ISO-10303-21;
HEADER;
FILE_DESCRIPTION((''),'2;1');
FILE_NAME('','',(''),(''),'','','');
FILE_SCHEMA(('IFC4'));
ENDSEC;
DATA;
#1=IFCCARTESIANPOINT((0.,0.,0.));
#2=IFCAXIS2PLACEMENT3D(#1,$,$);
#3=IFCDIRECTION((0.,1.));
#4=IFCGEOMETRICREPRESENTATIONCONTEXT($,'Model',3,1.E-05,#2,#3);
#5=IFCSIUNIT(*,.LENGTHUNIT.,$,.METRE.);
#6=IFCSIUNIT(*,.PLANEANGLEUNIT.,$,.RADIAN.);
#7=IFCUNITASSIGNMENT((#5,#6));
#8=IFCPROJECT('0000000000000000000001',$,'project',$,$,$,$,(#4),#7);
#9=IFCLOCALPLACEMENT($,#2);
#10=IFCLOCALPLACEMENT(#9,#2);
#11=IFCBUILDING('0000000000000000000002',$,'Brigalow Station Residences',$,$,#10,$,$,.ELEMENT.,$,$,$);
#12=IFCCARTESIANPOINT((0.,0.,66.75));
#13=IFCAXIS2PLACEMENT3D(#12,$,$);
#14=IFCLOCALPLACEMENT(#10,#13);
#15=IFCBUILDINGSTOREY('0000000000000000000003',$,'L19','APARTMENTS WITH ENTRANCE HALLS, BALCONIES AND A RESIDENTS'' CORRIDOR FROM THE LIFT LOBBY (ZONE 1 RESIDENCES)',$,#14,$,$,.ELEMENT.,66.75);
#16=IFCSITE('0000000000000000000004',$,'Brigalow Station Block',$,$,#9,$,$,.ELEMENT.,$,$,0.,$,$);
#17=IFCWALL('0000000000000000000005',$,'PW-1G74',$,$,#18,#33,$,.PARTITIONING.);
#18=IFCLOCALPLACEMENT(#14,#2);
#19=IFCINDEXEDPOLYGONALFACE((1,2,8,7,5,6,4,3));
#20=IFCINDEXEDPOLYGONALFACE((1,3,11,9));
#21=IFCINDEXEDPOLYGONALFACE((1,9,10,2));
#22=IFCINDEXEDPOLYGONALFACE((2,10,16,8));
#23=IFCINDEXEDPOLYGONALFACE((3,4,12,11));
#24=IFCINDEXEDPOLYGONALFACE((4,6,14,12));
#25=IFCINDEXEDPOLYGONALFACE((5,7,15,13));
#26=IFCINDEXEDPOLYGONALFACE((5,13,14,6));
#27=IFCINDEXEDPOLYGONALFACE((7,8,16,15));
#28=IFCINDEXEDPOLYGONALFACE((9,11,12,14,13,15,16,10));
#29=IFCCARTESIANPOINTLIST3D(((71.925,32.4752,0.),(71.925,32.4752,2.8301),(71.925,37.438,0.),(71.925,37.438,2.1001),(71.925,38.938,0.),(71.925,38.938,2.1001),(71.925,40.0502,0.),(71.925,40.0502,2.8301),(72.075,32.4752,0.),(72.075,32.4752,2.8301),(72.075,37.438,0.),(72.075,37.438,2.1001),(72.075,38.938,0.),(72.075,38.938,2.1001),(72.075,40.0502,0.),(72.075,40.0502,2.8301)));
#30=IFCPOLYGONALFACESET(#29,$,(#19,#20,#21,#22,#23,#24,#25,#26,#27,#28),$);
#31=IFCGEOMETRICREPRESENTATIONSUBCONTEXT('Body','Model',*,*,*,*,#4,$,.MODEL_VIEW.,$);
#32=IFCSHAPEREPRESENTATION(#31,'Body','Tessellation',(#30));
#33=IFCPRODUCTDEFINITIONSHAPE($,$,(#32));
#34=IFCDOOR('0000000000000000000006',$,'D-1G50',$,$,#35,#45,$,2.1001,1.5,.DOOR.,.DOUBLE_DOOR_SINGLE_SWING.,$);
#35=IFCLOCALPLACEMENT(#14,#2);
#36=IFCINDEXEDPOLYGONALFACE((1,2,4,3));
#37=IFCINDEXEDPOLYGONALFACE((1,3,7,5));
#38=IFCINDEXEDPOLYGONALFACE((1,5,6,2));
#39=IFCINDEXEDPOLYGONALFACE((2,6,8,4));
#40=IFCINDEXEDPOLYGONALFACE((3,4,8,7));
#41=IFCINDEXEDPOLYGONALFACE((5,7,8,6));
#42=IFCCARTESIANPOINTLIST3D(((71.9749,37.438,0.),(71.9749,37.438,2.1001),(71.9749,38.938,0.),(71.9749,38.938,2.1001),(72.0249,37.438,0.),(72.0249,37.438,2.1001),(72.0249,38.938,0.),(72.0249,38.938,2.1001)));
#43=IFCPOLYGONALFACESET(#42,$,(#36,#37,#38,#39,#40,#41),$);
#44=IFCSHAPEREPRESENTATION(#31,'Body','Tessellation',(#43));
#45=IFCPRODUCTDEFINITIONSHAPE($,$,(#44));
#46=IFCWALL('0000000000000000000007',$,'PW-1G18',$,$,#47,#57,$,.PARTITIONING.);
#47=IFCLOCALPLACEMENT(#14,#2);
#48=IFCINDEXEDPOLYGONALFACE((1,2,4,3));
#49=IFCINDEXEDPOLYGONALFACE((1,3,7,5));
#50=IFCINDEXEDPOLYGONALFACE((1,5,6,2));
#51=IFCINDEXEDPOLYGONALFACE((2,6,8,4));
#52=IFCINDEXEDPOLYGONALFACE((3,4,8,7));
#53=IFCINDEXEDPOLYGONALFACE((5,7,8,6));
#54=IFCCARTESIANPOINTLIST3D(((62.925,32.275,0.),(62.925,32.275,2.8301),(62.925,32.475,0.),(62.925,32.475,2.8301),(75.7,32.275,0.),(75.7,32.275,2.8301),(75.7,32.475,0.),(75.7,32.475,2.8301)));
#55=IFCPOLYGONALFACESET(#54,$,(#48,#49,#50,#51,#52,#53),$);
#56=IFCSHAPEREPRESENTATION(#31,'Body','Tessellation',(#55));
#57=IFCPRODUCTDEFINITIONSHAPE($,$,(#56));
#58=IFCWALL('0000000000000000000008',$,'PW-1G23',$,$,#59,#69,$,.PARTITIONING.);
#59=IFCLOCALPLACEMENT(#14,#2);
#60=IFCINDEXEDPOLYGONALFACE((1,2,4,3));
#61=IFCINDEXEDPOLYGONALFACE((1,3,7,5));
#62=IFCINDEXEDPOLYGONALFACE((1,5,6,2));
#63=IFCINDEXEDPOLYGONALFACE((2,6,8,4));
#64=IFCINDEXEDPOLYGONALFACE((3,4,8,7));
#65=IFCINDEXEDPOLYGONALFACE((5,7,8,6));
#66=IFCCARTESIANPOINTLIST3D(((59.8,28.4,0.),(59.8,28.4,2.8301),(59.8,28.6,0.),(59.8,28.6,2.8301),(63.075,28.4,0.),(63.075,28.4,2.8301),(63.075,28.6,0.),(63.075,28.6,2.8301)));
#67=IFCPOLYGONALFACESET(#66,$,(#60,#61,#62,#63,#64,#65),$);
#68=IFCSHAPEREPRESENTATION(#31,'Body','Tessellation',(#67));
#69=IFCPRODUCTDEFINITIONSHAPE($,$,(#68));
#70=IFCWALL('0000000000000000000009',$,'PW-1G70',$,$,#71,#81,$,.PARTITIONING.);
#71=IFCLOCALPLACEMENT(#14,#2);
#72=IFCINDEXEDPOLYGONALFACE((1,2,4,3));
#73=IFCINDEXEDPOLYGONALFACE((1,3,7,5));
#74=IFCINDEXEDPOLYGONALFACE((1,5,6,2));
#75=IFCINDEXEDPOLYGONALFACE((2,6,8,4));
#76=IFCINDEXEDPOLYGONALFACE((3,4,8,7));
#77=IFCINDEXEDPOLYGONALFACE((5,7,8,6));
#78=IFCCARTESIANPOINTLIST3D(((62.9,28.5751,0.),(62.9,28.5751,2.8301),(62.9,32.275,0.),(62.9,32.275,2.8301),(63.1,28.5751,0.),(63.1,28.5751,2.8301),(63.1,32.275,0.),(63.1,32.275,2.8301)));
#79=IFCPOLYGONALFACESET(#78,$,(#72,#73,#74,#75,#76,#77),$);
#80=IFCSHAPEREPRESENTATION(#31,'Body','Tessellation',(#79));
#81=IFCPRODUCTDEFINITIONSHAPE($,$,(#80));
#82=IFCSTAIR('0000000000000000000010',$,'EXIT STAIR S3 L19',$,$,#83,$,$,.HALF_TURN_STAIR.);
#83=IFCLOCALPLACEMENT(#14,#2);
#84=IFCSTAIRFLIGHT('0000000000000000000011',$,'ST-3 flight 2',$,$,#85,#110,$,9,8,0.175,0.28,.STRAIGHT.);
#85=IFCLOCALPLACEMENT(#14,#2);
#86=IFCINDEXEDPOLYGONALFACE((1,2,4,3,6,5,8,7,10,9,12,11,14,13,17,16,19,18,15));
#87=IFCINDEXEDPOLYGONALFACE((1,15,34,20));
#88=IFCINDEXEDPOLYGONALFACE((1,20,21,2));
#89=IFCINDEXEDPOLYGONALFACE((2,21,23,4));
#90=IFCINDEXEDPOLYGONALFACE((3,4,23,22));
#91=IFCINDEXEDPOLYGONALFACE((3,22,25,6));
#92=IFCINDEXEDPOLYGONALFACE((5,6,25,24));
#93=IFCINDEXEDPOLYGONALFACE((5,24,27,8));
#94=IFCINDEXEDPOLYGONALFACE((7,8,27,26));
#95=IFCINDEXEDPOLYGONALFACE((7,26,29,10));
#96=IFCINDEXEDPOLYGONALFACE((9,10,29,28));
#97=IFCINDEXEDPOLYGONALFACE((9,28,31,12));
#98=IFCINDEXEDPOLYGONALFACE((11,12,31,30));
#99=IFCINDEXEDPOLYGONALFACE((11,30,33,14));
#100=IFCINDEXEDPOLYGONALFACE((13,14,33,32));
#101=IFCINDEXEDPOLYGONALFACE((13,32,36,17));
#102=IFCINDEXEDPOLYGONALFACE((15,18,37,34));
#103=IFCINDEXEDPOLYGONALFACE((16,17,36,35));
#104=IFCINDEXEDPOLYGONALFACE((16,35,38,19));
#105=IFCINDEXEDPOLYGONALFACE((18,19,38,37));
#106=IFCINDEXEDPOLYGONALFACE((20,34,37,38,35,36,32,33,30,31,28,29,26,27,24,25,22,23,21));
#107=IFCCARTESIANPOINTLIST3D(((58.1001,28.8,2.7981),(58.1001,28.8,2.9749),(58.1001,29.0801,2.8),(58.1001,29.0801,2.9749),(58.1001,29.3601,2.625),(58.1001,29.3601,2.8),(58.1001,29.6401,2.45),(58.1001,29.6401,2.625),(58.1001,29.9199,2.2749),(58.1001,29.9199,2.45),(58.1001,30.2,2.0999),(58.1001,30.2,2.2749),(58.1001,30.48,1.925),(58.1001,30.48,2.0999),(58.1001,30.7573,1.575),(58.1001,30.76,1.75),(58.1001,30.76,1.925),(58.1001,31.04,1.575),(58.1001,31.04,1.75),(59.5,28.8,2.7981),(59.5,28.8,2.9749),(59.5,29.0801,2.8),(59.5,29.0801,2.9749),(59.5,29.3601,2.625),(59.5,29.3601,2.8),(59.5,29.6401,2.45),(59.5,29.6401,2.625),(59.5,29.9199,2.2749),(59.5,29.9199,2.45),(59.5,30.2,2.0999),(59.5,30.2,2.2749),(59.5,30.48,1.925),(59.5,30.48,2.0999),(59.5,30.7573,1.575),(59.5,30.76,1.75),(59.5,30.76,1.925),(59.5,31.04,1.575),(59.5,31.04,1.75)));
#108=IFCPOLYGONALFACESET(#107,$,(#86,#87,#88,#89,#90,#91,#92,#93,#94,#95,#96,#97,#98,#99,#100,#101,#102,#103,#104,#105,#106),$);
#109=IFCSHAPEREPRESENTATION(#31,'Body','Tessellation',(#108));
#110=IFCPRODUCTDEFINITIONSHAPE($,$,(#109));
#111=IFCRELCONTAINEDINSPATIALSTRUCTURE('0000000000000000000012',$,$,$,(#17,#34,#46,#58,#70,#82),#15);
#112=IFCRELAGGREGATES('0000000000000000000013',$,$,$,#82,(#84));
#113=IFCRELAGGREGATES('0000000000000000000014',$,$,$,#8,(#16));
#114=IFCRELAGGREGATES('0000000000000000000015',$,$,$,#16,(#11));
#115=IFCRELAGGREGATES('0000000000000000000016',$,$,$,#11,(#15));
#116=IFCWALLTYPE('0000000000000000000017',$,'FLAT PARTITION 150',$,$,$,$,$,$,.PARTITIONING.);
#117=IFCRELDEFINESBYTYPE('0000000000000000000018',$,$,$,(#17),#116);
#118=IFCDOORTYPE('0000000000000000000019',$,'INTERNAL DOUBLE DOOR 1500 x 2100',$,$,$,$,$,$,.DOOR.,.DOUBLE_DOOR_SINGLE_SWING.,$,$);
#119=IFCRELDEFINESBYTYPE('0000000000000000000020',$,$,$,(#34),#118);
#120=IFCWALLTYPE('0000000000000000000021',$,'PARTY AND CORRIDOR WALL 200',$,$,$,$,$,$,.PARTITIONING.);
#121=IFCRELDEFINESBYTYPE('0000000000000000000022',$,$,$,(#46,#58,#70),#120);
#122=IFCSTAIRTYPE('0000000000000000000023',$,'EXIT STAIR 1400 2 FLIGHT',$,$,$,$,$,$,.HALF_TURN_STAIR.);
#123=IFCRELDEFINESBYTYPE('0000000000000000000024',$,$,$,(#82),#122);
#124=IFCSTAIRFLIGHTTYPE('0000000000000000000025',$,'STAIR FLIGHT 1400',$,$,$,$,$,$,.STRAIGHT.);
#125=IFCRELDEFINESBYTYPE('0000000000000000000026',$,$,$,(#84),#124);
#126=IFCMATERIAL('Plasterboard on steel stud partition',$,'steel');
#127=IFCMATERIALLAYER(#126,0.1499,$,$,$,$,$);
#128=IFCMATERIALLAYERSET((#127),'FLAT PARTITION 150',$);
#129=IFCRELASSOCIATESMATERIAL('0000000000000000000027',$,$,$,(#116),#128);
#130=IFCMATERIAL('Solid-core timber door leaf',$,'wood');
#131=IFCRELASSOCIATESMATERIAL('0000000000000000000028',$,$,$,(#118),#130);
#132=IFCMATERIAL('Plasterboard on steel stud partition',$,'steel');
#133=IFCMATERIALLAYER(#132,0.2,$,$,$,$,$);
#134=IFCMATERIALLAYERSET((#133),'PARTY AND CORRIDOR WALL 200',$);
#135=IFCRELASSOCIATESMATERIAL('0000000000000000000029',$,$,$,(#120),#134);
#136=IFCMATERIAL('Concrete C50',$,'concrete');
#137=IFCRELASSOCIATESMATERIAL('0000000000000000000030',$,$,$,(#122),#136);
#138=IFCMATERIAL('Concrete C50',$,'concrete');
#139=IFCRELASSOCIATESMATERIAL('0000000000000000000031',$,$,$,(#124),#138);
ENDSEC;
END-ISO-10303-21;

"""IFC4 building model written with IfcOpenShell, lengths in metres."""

from ifc_helpers import new_model, si_unit, direction, frame, frame_2d, origin, place, context, subcontext, project, spatial, polyline, rectangle, outline, extrude, material, layer, layer_set, type_object, element, fill, aggregate, save


model = new_model("IFC4")

# Units and contexts
model_context = context("Model", 3, precision=1e-05, world=origin(), true_north=direction((0.0, 1.0)))
body_context = subcontext(model_context, "Body", "Model", "MODEL_VIEW")
ifc_project = project(units=[si_unit("LENGTHUNIT", "METRE"), si_unit("PLANEANGLEUNIT", "RADIAN")], contexts=[model_context])

# Site, building, storey
site_placement = place(None, origin())
site = spatial("IfcSite", under=ifc_project, at=site_placement, Name="Brigalow Station Block", CompositionType="ELEMENT", RefElevation=0.0)
building_placement = place(site_placement, origin())
building = spatial("IfcBuilding", under=site, at=building_placement, Name="Brigalow Station Residences", CompositionType="ELEMENT")
storey_placement = place(building_placement, frame((0.0, 0.0, 66.75)))
storey = spatial("IfcBuildingStorey", under=building, at=storey_placement, Name="L19", Description="APARTMENTS WITH ENTRANCE HALLS, BALCONIES AND A RESIDENTS' CORRIDOR FROM THE LIFT LOBBY (ZONE 1 RESIDENCES)", CompositionType="ELEMENT", Elevation=66.75)

# Shared definitions
ifc_material_1 = material(Name="Plasterboard on steel stud partition", Category="steel")
ifc_layer_1 = layer(ifc_material_1, 0.1499)
ifc_layer_set_1 = layer_set([ifc_layer_1], Name="FLAT PARTITION 150")
wall_type_1 = type_object("IfcWallType", Name="FLAT PARTITION 150", PredefinedType="PARTITIONING", material=ifc_layer_set_1)
ifc_material_2 = material(Name="Solid-core timber door leaf", Category="wood")
door_type_1 = type_object("IfcDoorType", Name="INTERNAL DOUBLE DOOR 1500 x 2100", OperationType="DOUBLE_DOOR_SINGLE_SWING", PredefinedType="DOOR", material=ifc_material_2)

# Wall, opening, door
wall_1_placement = place(storey_placement, frame((72.0, 32.4751, 0.0), z_axis=(0.0, 0.0, 1.0), x_axis=(0.0, 1.0, 0.0)))
wall_1 = element("IfcWall", 1, at=wall_1_placement, inside=storey, type_object=wall_type_1, Name="PW-1G74", PredefinedType="PARTITIONING", context=body_context, shape_type="SweptSolid", body=[
    extrude(rectangle(XDim=7.575, YDim=0.1499, at=frame_2d((3.7876, 0.0))), origin(), (0.0, 0.0, 1.0), 2.8301),
])
opening_1_placement = place(wall_1_placement, frame((4.9629, 0.0, 0.0)))
opening_1 = element("IfcOpeningElement", 2, at=opening_1_placement, cuts=wall_1, PredefinedType="OPENING", context=body_context, shape_type="SweptSolid", body=[
    extrude(rectangle(XDim=1.5, YDim=2.1001, at=frame_2d((0.75, 1.05))), frame((0.0, 0.085, 0.0), z_axis=(0.0, -1.0, 0.0), x_axis=(1.0, 0.0, 0.0)), (0.0, 0.0, 1.0), 0.1699),
])
door_1_placement = place(opening_1_placement, frame((1.5, 0.0, 0.0), z_axis=(0.0, 0.0, 1.0), x_axis=(-1.0, 0.0, 0.0)))
door_1 = element("IfcDoor", 3, at=door_1_placement, inside=storey, type_object=door_type_1, Name="D-1G50", OperationType="DOUBLE_DOOR_SINGLE_SWING", OverallHeight=2.1001, OverallWidth=1.5, PredefinedType="DOOR", context=body_context, shape_type="SweptSolid", body=[
    extrude(rectangle(XDim=1.5, YDim=2.1001, at=frame_2d((0.75, 1.05))), frame((0.0, 0.0249, 0.0), z_axis=(0.0, -1.0, 0.0), x_axis=(1.0, 0.0, 0.0)), (0.0, 0.0, 1.0), 0.05),
])
fill(opening_1, door_1)

# Walls
ifc_material_3 = material(Name="Plasterboard on steel stud partition", Category="steel")
ifc_layer_2 = layer(ifc_material_3, 0.2)
ifc_layer_set_2 = layer_set([ifc_layer_2], Name="PARTY AND CORRIDOR WALL 200")
wall_type_2 = type_object("IfcWallType", Name="PARTY AND CORRIDOR WALL 200", PredefinedType="PARTITIONING", material=ifc_layer_set_2)
wall_2_placement = place(storey_placement, frame((62.925, 32.375, 0.0), z_axis=(0.0, 0.0, 1.0), x_axis=(1.0, 0.0, 0.0)))
element("IfcWall", 4, at=wall_2_placement, inside=storey, type_object=wall_type_2, Name="PW-1G18", PredefinedType="PARTITIONING", context=body_context, shape_type="SweptSolid", body=[
    extrude(rectangle(XDim=12.7749, YDim=0.2, at=frame_2d((6.3875, 0.0))), origin(), (0.0, 0.0, 1.0), 2.8301),
])
wall_3_placement = place(storey_placement, frame((59.8, 28.5, 0.0), z_axis=(0.0, 0.0, 1.0), x_axis=(1.0, 0.0, 0.0)))
element("IfcWall", 5, at=wall_3_placement, inside=storey, type_object=wall_type_2, Name="PW-1G23", PredefinedType="PARTITIONING", context=body_context, shape_type="SweptSolid", body=[
    extrude(rectangle(XDim=3.2749, YDim=0.2, at=frame_2d((1.6375, 0.0))), origin(), (0.0, 0.0, 1.0), 2.8301),
])
wall_4_placement = place(storey_placement, frame((63.0, 28.575, 0.0), z_axis=(0.0, 0.0, 1.0), x_axis=(0.0, 1.0, 0.0)))
element("IfcWall", 6, at=wall_4_placement, inside=storey, type_object=wall_type_2, Name="PW-1G70", PredefinedType="PARTITIONING", context=body_context, shape_type="SweptSolid", body=[
    extrude(rectangle(XDim=3.7, YDim=0.2, at=frame_2d((1.8501, 0.0))), origin(), (0.0, 0.0, 1.0), 2.8301),
])

# Stair, stair flight
ifc_material_4 = material(Name="Concrete C50", Category="concrete")
stair_type = type_object("IfcStairType", Name="EXIT STAIR 1400 2 FLIGHT", PredefinedType="HALF_TURN_STAIR", material=ifc_material_4)
stair_placement = place(storey_placement, origin())
stair = element("IfcStair", 7, at=stair_placement, inside=storey, type_object=stair_type, Name="EXIT STAIR S3 L19", PredefinedType="HALF_TURN_STAIR")
ifc_material_5 = material(Name="Concrete C50", Category="concrete")
stair_flight_type = type_object("IfcStairFlightType", Name="STAIR FLIGHT 1400", PredefinedType="STRAIGHT", material=ifc_material_5)
stair_flight_placement = place(storey_placement, frame((58.8, 31.04, 1.575), z_axis=(0.0, 0.0, 1.0), x_axis=(0.0, -1.0, 0.0)))
stair_flight = element("IfcStairFlight", 8, at=stair_flight_placement, type_object=stair_flight_type, Name="ST-3 flight 2", NumberOfRisers=9, NumberOfTreads=8, PredefinedType="STRAIGHT", RiserHeight=0.175, TreadLength=0.28, context=body_context, shape_type="SweptSolid", body=[
    extrude(outline(polyline([(0.0, 0.0), (0.0, 0.175), (0.28, 0.175), (0.28, 0.3501), (0.5601, 0.3501), (0.5601, 0.5249), (0.8401, 0.5249), (0.8401, 0.7), (1.1201, 0.7), (1.1201, 0.875), (1.3999, 0.875), (1.3999, 1.05), (1.6799, 1.05), (1.6799, 1.2251), (1.96, 1.2251), (1.96, 1.3999), (2.24, 1.3999), (2.24, 1.575), (2.24, 1.2231), (0.2827, 0.0), (0.0, 0.0)])), frame((0.0, 0.7, 0.0), z_axis=(0.0, -1.0, 0.0), x_axis=(1.0, 0.0, 0.0)), (0.0, 0.0, 1.0), 1.3999),
])
aggregate(stair, [stair_flight])

save(model, "model.ifc")
